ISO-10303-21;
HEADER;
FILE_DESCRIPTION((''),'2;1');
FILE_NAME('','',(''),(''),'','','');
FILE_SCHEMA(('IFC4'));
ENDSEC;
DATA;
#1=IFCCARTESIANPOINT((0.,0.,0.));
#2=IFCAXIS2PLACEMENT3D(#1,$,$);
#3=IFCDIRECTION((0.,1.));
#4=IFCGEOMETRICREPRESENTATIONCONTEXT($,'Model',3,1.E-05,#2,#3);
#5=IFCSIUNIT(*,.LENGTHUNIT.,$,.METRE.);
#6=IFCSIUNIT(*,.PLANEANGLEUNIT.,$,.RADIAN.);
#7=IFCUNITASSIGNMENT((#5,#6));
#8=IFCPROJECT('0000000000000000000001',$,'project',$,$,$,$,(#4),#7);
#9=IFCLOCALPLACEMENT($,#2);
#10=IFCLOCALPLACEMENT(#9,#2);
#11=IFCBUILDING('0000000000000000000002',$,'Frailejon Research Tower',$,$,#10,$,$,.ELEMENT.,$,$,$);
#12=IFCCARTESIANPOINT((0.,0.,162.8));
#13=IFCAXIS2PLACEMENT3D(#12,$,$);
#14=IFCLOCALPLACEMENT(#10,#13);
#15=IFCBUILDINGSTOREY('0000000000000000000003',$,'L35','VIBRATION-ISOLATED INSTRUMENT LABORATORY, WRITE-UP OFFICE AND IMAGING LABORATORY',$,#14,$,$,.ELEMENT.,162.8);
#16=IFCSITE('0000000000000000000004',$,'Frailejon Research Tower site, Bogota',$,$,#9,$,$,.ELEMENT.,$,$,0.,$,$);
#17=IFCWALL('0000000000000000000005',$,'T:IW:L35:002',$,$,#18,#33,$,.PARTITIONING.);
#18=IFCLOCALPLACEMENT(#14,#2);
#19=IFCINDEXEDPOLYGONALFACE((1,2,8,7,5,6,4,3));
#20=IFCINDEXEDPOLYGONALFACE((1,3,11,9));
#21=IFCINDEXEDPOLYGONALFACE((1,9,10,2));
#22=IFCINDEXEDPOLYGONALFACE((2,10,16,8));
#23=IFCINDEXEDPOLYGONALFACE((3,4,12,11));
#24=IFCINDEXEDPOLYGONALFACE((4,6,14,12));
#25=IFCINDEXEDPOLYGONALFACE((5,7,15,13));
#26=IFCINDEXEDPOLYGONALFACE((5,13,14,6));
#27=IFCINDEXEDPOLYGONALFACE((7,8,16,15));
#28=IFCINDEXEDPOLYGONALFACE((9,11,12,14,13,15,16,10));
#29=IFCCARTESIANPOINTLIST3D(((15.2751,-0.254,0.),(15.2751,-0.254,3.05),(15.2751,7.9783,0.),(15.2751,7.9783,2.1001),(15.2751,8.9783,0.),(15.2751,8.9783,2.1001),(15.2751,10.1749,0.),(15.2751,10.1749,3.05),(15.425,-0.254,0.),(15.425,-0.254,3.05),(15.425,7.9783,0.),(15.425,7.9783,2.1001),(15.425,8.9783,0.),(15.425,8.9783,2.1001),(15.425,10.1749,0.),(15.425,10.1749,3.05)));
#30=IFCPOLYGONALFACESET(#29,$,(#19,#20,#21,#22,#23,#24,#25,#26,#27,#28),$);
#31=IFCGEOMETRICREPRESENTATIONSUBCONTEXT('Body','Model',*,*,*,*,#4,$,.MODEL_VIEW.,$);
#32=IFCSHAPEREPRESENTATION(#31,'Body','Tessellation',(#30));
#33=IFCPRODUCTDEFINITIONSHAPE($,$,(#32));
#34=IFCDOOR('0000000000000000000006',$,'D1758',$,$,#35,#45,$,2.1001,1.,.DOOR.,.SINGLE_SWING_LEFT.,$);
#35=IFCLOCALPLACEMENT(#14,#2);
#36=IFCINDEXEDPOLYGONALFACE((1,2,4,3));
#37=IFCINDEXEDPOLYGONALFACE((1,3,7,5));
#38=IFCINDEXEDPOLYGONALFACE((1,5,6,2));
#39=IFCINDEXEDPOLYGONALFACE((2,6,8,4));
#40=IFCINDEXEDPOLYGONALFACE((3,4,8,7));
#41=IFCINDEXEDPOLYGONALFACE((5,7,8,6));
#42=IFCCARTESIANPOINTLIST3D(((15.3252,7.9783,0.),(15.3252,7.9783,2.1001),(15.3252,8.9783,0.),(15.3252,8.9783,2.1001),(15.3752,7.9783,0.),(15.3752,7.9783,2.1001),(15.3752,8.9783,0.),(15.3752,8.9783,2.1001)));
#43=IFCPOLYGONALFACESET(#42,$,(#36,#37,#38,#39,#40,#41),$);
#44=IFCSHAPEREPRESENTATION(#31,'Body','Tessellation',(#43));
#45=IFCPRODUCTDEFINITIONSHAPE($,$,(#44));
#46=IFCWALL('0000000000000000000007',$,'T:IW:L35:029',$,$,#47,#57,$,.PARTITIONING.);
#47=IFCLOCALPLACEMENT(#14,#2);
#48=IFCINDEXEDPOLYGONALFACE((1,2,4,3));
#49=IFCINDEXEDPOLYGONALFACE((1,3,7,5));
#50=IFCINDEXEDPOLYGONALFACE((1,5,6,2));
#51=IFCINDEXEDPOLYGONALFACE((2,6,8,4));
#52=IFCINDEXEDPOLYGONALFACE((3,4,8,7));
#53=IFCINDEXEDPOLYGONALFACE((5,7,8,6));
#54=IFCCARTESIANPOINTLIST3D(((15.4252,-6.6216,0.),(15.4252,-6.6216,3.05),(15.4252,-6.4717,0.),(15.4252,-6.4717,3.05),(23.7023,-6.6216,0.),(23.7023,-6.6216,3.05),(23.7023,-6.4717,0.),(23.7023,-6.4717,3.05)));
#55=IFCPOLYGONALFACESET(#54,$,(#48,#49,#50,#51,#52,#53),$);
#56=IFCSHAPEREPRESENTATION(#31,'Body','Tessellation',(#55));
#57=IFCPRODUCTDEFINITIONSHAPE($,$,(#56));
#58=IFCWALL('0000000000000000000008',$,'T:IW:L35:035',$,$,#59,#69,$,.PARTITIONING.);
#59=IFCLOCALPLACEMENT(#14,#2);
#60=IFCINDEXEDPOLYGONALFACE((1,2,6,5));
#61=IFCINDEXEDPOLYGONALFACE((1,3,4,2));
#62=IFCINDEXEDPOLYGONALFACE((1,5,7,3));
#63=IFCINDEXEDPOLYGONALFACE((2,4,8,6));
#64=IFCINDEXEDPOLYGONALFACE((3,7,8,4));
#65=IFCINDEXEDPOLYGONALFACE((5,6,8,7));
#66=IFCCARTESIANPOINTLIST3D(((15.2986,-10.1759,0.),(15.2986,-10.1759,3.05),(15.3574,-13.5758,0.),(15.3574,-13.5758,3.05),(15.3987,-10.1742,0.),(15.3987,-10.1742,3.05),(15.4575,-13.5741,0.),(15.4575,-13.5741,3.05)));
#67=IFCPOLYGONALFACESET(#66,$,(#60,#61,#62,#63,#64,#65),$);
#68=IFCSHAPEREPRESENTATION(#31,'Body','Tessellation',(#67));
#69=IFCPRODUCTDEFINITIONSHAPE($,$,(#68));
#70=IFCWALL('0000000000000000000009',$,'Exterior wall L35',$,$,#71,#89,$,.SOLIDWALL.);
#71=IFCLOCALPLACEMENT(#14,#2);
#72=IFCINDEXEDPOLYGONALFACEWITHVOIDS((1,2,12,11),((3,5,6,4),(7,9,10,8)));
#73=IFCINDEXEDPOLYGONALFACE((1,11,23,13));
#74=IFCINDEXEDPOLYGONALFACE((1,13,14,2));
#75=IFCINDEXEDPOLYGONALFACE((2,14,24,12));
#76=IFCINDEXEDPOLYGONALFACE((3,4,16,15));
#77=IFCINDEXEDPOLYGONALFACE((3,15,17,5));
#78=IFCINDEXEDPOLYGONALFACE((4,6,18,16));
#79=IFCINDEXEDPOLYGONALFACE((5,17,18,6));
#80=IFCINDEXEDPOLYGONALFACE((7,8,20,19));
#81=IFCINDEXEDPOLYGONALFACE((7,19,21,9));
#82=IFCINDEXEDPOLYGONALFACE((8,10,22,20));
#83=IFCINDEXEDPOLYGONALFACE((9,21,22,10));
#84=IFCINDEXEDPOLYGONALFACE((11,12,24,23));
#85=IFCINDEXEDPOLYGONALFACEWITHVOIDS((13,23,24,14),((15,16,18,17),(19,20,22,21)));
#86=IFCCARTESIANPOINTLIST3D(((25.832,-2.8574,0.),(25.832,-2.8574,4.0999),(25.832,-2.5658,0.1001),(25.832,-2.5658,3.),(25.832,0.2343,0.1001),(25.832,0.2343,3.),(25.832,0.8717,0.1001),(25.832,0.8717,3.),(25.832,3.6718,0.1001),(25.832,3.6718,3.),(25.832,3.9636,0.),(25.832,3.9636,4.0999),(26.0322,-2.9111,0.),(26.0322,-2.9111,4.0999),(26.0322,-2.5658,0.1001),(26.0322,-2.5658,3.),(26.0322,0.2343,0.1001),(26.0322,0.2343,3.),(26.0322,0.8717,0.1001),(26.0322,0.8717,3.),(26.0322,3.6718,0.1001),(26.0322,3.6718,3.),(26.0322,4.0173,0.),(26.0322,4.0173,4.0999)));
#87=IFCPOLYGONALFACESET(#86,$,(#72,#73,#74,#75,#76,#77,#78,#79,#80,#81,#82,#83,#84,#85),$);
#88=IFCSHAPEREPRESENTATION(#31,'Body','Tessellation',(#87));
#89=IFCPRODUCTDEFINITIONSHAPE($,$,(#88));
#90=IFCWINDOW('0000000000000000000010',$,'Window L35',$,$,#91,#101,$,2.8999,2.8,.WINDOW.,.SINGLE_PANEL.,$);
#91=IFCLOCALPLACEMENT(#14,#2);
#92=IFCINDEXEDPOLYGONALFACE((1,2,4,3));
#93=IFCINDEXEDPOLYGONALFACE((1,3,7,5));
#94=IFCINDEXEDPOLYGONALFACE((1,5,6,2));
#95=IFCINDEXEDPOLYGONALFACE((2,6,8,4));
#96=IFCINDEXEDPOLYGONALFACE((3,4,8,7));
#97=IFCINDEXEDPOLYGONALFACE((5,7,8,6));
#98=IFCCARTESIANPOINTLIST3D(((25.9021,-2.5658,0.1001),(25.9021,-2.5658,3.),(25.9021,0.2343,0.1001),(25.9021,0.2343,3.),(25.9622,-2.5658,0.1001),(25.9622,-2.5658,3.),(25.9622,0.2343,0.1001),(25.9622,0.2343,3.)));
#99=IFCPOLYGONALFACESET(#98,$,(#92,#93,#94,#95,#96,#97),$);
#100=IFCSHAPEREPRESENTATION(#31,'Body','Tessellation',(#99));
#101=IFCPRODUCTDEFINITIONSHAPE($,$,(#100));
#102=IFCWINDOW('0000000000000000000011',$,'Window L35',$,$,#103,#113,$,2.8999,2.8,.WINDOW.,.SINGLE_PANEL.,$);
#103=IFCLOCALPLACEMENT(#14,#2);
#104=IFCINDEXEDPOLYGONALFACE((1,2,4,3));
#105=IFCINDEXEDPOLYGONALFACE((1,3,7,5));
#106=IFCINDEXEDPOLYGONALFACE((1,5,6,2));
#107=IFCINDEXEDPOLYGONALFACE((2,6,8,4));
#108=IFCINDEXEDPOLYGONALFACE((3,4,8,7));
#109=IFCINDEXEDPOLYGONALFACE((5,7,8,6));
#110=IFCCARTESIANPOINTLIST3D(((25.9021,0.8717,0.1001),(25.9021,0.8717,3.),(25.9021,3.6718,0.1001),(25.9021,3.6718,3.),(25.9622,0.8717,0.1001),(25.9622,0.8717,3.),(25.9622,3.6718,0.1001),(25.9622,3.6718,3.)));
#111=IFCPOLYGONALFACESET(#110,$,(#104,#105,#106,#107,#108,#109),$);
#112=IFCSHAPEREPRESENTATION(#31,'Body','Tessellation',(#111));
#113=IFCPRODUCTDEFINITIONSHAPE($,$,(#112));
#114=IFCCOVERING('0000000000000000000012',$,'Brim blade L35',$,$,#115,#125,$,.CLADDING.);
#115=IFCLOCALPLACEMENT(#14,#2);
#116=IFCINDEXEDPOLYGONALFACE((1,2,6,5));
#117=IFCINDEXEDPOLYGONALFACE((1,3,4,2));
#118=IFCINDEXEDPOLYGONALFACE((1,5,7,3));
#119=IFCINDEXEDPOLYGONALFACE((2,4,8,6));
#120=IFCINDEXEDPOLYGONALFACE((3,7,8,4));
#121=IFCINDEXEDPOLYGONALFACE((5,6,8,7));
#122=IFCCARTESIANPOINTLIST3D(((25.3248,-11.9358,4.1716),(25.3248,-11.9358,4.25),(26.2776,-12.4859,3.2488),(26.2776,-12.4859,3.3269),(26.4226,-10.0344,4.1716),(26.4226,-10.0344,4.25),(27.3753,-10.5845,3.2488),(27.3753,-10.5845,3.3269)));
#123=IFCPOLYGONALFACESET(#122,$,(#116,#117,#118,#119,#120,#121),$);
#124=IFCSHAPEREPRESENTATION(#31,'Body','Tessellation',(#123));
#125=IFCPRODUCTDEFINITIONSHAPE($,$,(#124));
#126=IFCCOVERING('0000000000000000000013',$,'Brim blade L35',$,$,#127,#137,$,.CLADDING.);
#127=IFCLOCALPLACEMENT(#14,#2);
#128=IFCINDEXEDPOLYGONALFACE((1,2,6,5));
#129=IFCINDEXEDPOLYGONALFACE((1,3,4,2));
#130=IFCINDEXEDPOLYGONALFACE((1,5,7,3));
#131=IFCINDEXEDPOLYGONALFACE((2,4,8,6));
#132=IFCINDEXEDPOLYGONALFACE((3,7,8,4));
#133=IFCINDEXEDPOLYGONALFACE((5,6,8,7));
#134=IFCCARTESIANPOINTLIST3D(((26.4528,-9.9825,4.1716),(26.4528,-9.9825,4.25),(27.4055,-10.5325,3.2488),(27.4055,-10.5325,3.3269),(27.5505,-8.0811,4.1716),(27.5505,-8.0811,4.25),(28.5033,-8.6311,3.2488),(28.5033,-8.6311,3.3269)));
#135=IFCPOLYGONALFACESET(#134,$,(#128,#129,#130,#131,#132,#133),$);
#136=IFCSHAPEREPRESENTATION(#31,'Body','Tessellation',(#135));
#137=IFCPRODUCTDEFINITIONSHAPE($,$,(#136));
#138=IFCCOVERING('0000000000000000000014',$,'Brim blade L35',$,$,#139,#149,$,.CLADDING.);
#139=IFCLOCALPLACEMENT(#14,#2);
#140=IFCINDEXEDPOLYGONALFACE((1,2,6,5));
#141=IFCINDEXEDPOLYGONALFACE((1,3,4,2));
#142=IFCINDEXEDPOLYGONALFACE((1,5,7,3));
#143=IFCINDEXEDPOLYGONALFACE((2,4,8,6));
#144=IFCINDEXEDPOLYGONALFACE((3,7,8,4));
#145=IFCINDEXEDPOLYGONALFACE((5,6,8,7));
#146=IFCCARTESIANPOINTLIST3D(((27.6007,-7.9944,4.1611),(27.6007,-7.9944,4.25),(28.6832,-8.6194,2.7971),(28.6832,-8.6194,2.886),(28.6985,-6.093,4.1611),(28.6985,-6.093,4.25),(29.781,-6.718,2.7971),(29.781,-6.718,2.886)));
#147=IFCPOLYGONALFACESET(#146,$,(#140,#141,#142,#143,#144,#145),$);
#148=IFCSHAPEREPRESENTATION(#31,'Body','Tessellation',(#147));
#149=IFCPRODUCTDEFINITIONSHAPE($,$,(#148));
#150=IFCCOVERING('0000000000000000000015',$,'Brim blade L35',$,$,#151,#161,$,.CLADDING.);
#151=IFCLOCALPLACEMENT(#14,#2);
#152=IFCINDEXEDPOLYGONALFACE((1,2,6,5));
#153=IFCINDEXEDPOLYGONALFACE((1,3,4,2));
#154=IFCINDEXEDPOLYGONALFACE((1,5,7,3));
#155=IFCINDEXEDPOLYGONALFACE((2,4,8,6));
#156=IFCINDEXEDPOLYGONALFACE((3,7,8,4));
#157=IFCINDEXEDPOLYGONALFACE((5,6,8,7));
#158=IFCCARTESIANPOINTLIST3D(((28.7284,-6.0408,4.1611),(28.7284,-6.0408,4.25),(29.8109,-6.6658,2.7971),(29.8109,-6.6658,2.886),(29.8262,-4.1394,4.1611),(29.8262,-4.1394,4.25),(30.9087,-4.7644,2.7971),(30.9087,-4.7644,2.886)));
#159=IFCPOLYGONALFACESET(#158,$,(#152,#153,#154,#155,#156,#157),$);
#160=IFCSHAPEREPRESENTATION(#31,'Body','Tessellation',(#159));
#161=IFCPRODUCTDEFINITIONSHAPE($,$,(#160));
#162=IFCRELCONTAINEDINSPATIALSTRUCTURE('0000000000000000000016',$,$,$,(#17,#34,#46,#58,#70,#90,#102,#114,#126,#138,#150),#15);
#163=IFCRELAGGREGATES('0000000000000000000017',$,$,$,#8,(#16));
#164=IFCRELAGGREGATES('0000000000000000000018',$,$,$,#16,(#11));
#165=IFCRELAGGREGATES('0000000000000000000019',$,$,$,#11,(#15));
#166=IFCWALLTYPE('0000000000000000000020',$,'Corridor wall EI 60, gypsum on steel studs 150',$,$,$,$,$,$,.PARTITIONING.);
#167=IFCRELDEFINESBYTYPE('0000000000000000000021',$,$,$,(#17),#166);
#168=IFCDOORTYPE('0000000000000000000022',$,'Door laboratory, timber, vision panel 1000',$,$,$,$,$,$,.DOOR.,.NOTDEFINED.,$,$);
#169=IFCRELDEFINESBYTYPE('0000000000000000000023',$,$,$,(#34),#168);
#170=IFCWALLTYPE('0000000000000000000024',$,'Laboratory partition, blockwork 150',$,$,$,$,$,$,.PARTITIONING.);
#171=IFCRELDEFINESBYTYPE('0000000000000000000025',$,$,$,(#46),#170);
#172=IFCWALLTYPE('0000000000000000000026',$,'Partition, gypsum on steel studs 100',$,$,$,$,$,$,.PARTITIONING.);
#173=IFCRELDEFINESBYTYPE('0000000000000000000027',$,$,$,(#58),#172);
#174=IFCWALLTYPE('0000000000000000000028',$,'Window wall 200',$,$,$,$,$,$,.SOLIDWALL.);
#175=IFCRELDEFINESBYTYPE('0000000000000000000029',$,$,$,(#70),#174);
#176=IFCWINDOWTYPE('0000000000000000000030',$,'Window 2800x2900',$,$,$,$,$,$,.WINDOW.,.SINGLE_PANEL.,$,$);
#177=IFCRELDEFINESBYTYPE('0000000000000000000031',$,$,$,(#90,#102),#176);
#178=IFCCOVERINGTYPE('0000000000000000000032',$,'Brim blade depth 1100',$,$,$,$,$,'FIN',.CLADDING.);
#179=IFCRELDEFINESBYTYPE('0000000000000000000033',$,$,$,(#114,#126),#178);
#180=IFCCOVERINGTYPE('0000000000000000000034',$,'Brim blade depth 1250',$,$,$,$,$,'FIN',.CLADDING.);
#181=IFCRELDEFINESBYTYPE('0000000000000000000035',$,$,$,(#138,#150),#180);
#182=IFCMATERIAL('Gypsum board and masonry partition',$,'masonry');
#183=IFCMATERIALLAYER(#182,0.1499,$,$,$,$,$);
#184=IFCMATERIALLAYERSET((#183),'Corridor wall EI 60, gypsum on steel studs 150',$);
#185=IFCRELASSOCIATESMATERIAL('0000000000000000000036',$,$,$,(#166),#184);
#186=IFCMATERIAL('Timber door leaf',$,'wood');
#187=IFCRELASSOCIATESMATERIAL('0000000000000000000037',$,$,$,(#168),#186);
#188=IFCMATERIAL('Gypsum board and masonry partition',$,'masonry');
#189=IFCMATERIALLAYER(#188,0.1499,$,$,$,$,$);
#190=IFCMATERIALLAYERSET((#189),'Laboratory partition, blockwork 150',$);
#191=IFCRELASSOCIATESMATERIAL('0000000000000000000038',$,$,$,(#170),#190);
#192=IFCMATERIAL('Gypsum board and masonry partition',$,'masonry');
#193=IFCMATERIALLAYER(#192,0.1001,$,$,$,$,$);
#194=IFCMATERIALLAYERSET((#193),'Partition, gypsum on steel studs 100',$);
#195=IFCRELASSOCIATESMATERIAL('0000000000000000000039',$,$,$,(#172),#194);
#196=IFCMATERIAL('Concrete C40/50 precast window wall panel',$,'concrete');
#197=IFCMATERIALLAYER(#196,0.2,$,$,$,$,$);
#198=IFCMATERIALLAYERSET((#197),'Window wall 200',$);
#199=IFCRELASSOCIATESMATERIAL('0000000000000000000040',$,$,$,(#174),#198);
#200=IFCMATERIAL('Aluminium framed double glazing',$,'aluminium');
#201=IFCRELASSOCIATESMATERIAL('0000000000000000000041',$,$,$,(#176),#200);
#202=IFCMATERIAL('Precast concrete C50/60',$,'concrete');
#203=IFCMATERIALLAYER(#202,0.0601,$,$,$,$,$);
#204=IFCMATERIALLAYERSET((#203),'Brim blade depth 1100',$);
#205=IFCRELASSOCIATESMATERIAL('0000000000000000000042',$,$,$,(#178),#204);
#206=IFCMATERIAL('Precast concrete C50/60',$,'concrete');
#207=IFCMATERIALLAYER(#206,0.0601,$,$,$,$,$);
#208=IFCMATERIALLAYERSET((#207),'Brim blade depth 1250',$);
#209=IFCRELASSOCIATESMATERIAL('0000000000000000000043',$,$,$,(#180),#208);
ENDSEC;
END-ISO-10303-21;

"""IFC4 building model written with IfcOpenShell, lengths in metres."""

from ifc_helpers import new_model, si_unit, direction, frame, frame_2d, origin, place, context, subcontext, project, spatial, polyline, rectangle, outline, extrude, material, layer, layer_set, type_object, element, fill, save


model = new_model("IFC4")

# Units and contexts
model_context = context("Model", 3, precision=1e-05, world=origin(), true_north=direction((0.0, 1.0)))
body_context = subcontext(model_context, "Body", "Model", "MODEL_VIEW")
ifc_project = project(units=[si_unit("LENGTHUNIT", "METRE"), si_unit("PLANEANGLEUNIT", "RADIAN")], contexts=[model_context])

# Site, building, storey
site_placement = place(None, origin())
site = spatial("IfcSite", under=ifc_project, at=site_placement, Name="Frailejon Research Tower site, Bogota", CompositionType="ELEMENT", RefElevation=0.0)
building_placement = place(site_placement, origin())
building = spatial("IfcBuilding", under=site, at=building_placement, Name="Frailejon Research Tower", CompositionType="ELEMENT")
storey_placement = place(building_placement, frame((0.0, 0.0, 162.8)))
storey = spatial("IfcBuildingStorey", under=building, at=storey_placement, Name="L35", Description="VIBRATION-ISOLATED INSTRUMENT LABORATORY, WRITE-UP OFFICE AND IMAGING LABORATORY", CompositionType="ELEMENT", Elevation=162.8)

# Wall, opening, door
ifc_material_1 = material(Name="Gypsum board and masonry partition", Category="masonry")
ifc_layer_1 = layer(ifc_material_1, 0.1499)
ifc_layer_set_1 = layer_set([ifc_layer_1], Name="Corridor wall EI 60, gypsum on steel studs 150")
wall_type_1 = type_object("IfcWallType", Name="Corridor wall EI 60, gypsum on steel studs 150", PredefinedType="PARTITIONING", material=ifc_layer_set_1)
wall_1_placement = place(storey_placement, frame((15.3501, -0.2539, 0.0), z_axis=(0.0, 0.0, 1.0), x_axis=(0.0, 1.0, 0.0)))
wall_1 = element("IfcWall", 1, at=wall_1_placement, inside=storey, type_object=wall_type_1, Name="T:IW:L35:002", PredefinedType="PARTITIONING", context=body_context, shape_type="SweptSolid", body=[
    extrude(rectangle(XDim=10.429, YDim=0.1499, at=frame_2d((5.2144, 0.0))), origin(), (0.0, 0.0, 1.0), 3.05),
])
opening_1_placement = place(wall_1_placement, frame((8.2322, 0.0, 0.0)))
opening_1 = element("IfcOpeningElement", 2, at=opening_1_placement, cuts=wall_1, PredefinedType="OPENING", context=body_context, shape_type="SweptSolid", body=[
    extrude(rectangle(XDim=1.0, YDim=2.1001, at=frame_2d((0.5, 1.05))), frame((0.0, 0.085, 0.0), z_axis=(0.0, -1.0, 0.0), x_axis=(1.0, 0.0, 0.0)), (0.0, 0.0, 1.0), 0.1699),
])
ifc_material_2 = material(Name="Timber door leaf", Category="wood")
door_type_1 = type_object("IfcDoorType", Name="Door laboratory, timber, vision panel 1000", OperationType="NOTDEFINED", PredefinedType="DOOR", material=ifc_material_2)
door_1_placement = place(opening_1_placement, origin())
door_1 = element("IfcDoor", 3, at=door_1_placement, inside=storey, type_object=door_type_1, Name="D1758", OperationType="SINGLE_SWING_LEFT", OverallHeight=2.1001, OverallWidth=1.0, PredefinedType="DOOR", context=body_context, shape_type="SweptSolid", body=[
    extrude(rectangle(XDim=1.0, YDim=2.1001, at=frame_2d((0.5, 1.05))), frame((0.0, 0.0249, 0.0), z_axis=(0.0, -1.0, 0.0), x_axis=(1.0, 0.0, 0.0)), (0.0, 0.0, 1.0), 0.05),
])
fill(opening_1, door_1)

# Walls
ifc_material_3 = material(Name="Gypsum board and masonry partition", Category="masonry")
ifc_layer_2 = layer(ifc_material_3, 0.1499)
ifc_layer_set_2 = layer_set([ifc_layer_2], Name="Laboratory partition, blockwork 150")
wall_type_2 = type_object("IfcWallType", Name="Laboratory partition, blockwork 150", PredefinedType="PARTITIONING", material=ifc_layer_set_2)
wall_2_placement = place(storey_placement, frame((15.425, -6.5466, 0.0), z_axis=(0.0, 0.0, 1.0), x_axis=(1.0, 0.0, 0.0)))
element("IfcWall", 4, at=wall_2_placement, inside=storey, type_object=wall_type_2, Name="T:IW:L35:029", PredefinedType="PARTITIONING", context=body_context, shape_type="SweptSolid", body=[
    extrude(rectangle(XDim=8.2771, YDim=0.1499, at=frame_2d((4.1387, 0.0))), origin(), (0.0, 0.0, 1.0), 3.05),
])
ifc_material_4 = material(Name="Gypsum board and masonry partition", Category="masonry")
ifc_layer_3 = layer(ifc_material_4, 0.1001)
ifc_layer_set_3 = layer_set([ifc_layer_3], Name="Partition, gypsum on steel studs 100")
wall_type_3 = type_object("IfcWallType", Name="Partition, gypsum on steel studs 100", PredefinedType="PARTITIONING", material=ifc_layer_set_3)
wall_3_placement = place(storey_placement, frame((15.3486, -10.175, 0.0), z_axis=(0.0, 0.0, 1.0), x_axis=(0.017303, -0.99985, 0.0)))
element("IfcWall", 5, at=wall_3_placement, inside=storey, type_object=wall_type_3, Name="T:IW:L35:035", PredefinedType="PARTITIONING", context=body_context, shape_type="SweptSolid", body=[
    extrude(rectangle(XDim=3.4004, YDim=0.1001, at=frame_2d((1.7002, 0.0))), origin(), (0.0, 0.0, 1.0), 3.05),
])

# Wall, openings, windows
ifc_material_5 = material(Name="Concrete C40/50 precast window wall panel", Category="concrete")
ifc_layer_4 = layer(ifc_material_5, 0.2)
ifc_layer_set_4 = layer_set([ifc_layer_4], Name="Window wall 200")
wall_type_4 = type_object("IfcWallType", Name="Window wall 200", PredefinedType="SOLIDWALL", material=ifc_layer_set_4)
wall_4_placement = place(storey_placement, frame((25.9321, -2.8843, 0.0), z_axis=(0.0, 0.0, 1.0), x_axis=(0.0, 1.0, 0.0)))
wall_4 = element("IfcWall", 6, at=wall_4_placement, inside=storey, type_object=wall_type_4, Name="Exterior wall L35", PredefinedType="SOLIDWALL", context=body_context, shape_type="SweptSolid", body=[
    extrude(outline(polyline([(-0.0269, -0.1001), (1.1279, -0.1001), (2.2827, -0.1001), (3.4375, -0.1001), (4.592, -0.1001), (5.7468, -0.1001), (6.9016, -0.1001), (6.8479, 0.1001), (5.7109, 0.1001), (4.5742, 0.1001), (3.4375, 0.1001), (2.3005, 0.1001), (1.1636, 0.1001), (0.0269, 0.1001), (-0.0269, -0.1001)])), origin(), (0.0, 0.0, 1.0), 4.0999),
])
opening_2_placement = place(wall_4_placement, frame((0.3186, 0.0, 0.1001)))
opening_2 = element("IfcOpeningElement", 7, at=opening_2_placement, cuts=wall_4, PredefinedType="OPENING", context=body_context, shape_type="SweptSolid", body=[
    extrude(rectangle(XDim=2.8, YDim=2.8999, at=frame_2d((1.3999, 1.45))), frame((0.0, 0.1099, 0.0), z_axis=(0.0, -1.0, 0.0), x_axis=(1.0, 0.0, 0.0)), (0.0, 0.0, 1.0), 0.22),
])
opening_3_placement = place(wall_4_placement, frame((3.7561, 0.0, 0.1001)))
opening_3 = element("IfcOpeningElement", 8, at=opening_3_placement, cuts=wall_4, PredefinedType="OPENING", context=body_context, shape_type="SweptSolid", body=[
    extrude(rectangle(XDim=2.8, YDim=2.8999, at=frame_2d((1.3999, 1.45))), frame((0.0, 0.1099, 0.0), z_axis=(0.0, -1.0, 0.0), x_axis=(1.0, 0.0, 0.0)), (0.0, 0.0, 1.0), 0.22),
])
ifc_material_6 = material(Name="Aluminium framed double glazing", Category="aluminium")
window_type = type_object("IfcWindowType", Name="Window 2800x2900", PartitioningType="SINGLE_PANEL", PredefinedType="WINDOW", material=ifc_material_6)
window_1_placement = place(opening_2_placement, origin())
window_1 = element("IfcWindow", 9, at=window_1_placement, inside=storey, type_object=window_type, Name="Window L35", OverallHeight=2.8999, OverallWidth=2.8, PartitioningType="SINGLE_PANEL", PredefinedType="WINDOW", context=body_context, shape_type="SweptSolid", body=[
    extrude(rectangle(XDim=2.8, YDim=2.8999, at=frame_2d((1.3999, 1.45))), frame((0.0, 0.03, 0.0), z_axis=(0.0, -1.0, 0.0), x_axis=(1.0, 0.0, 0.0)), (0.0, 0.0, 1.0), 0.0601),
])
fill(opening_2, window_1)
window_2_placement = place(opening_3_placement, origin())
window_2 = element("IfcWindow", 10, at=window_2_placement, inside=storey, type_object=window_type, Name="Window L35", OverallHeight=2.8999, OverallWidth=2.8, PartitioningType="SINGLE_PANEL", PredefinedType="WINDOW", context=body_context, shape_type="SweptSolid", body=[
    extrude(rectangle(XDim=2.8, YDim=2.8999, at=frame_2d((1.3999, 1.45))), frame((0.0, 0.03, 0.0), z_axis=(0.0, -1.0, 0.0), x_axis=(1.0, 0.0, 0.0)), (0.0, 0.0, 1.0), 0.0601),
])
fill(opening_3, window_2)

# Coverings
ifc_material_7 = material(Name="Precast concrete C50/60", Category="concrete")
ifc_layer_5 = layer(ifc_material_7, 0.0601)
ifc_layer_set_5 = layer_set([ifc_layer_5], Name="Brim blade depth 1100")
covering_type_1 = type_object("IfcCoveringType", Name="Brim blade depth 1100", ElementType="FIN", PredefinedType="CLADDING", material=ifc_layer_set_5)
for number, where, z_axis, x_axis, name in (
    (11, (26.4226, -10.0344, 4.25), (-0.499996, -0.866028, 0.0), (0.866028, -0.499996, 0.0), "Brim blade L35"),
    (12, (27.5505, -8.0811, 4.25), (-0.499996, -0.866028, 0.0), (0.866028, -0.499996, 0.0), "Brim blade L35"),
):
    element("IfcCovering", number, at=place(storey_placement, frame(where, z_axis=z_axis, x_axis=x_axis)), inside=storey, type_object=covering_type_1, Name=name, PredefinedType="CLADDING", context=body_context, shape_type="SweptSolid", body=[
        extrude(outline(polyline([(0.0, -0.0784), (1.1001, -1.0012), (1.1001, -0.9231), (0.0, 0.0), (0.0, -0.0784)])), origin(), (0.0, 0.0, 1.0), 2.1956),
    ])
ifc_material_8 = material(Name="Precast concrete C50/60", Category="concrete")
ifc_layer_6 = layer(ifc_material_8, 0.0601)
ifc_layer_set_6 = layer_set([ifc_layer_6], Name="Brim blade depth 1250")
covering_type_2 = type_object("IfcCoveringType", Name="Brim blade depth 1250", ElementType="FIN", PredefinedType="CLADDING", material=ifc_layer_set_6)
for number, where, z_axis, x_axis, name in (
    (13, (28.6985, -6.093, 4.25), (-0.500012, -0.866018, 0.0), (0.866018, -0.500012, 0.0), "Brim blade L35"),
    (14, (29.8262, -4.1394, 4.25), (-0.500012, -0.866018, 0.0), (0.866018, -0.500012, 0.0), "Brim blade L35"),
):
    element("IfcCovering", number, at=place(storey_placement, frame(where, z_axis=z_axis, x_axis=x_axis)), inside=storey, type_object=covering_type_2, Name=name, PredefinedType="CLADDING", context=body_context, shape_type="SweptSolid", body=[
        extrude(outline(polyline([(0.0, -0.0889), (1.25, -1.4529), (1.25, -1.364), (0.0, 0.0), (0.0, -0.0889)])), origin(), (0.0, 0.0, 1.0), 2.1956),
    ])

save(model, "model.ifc")
